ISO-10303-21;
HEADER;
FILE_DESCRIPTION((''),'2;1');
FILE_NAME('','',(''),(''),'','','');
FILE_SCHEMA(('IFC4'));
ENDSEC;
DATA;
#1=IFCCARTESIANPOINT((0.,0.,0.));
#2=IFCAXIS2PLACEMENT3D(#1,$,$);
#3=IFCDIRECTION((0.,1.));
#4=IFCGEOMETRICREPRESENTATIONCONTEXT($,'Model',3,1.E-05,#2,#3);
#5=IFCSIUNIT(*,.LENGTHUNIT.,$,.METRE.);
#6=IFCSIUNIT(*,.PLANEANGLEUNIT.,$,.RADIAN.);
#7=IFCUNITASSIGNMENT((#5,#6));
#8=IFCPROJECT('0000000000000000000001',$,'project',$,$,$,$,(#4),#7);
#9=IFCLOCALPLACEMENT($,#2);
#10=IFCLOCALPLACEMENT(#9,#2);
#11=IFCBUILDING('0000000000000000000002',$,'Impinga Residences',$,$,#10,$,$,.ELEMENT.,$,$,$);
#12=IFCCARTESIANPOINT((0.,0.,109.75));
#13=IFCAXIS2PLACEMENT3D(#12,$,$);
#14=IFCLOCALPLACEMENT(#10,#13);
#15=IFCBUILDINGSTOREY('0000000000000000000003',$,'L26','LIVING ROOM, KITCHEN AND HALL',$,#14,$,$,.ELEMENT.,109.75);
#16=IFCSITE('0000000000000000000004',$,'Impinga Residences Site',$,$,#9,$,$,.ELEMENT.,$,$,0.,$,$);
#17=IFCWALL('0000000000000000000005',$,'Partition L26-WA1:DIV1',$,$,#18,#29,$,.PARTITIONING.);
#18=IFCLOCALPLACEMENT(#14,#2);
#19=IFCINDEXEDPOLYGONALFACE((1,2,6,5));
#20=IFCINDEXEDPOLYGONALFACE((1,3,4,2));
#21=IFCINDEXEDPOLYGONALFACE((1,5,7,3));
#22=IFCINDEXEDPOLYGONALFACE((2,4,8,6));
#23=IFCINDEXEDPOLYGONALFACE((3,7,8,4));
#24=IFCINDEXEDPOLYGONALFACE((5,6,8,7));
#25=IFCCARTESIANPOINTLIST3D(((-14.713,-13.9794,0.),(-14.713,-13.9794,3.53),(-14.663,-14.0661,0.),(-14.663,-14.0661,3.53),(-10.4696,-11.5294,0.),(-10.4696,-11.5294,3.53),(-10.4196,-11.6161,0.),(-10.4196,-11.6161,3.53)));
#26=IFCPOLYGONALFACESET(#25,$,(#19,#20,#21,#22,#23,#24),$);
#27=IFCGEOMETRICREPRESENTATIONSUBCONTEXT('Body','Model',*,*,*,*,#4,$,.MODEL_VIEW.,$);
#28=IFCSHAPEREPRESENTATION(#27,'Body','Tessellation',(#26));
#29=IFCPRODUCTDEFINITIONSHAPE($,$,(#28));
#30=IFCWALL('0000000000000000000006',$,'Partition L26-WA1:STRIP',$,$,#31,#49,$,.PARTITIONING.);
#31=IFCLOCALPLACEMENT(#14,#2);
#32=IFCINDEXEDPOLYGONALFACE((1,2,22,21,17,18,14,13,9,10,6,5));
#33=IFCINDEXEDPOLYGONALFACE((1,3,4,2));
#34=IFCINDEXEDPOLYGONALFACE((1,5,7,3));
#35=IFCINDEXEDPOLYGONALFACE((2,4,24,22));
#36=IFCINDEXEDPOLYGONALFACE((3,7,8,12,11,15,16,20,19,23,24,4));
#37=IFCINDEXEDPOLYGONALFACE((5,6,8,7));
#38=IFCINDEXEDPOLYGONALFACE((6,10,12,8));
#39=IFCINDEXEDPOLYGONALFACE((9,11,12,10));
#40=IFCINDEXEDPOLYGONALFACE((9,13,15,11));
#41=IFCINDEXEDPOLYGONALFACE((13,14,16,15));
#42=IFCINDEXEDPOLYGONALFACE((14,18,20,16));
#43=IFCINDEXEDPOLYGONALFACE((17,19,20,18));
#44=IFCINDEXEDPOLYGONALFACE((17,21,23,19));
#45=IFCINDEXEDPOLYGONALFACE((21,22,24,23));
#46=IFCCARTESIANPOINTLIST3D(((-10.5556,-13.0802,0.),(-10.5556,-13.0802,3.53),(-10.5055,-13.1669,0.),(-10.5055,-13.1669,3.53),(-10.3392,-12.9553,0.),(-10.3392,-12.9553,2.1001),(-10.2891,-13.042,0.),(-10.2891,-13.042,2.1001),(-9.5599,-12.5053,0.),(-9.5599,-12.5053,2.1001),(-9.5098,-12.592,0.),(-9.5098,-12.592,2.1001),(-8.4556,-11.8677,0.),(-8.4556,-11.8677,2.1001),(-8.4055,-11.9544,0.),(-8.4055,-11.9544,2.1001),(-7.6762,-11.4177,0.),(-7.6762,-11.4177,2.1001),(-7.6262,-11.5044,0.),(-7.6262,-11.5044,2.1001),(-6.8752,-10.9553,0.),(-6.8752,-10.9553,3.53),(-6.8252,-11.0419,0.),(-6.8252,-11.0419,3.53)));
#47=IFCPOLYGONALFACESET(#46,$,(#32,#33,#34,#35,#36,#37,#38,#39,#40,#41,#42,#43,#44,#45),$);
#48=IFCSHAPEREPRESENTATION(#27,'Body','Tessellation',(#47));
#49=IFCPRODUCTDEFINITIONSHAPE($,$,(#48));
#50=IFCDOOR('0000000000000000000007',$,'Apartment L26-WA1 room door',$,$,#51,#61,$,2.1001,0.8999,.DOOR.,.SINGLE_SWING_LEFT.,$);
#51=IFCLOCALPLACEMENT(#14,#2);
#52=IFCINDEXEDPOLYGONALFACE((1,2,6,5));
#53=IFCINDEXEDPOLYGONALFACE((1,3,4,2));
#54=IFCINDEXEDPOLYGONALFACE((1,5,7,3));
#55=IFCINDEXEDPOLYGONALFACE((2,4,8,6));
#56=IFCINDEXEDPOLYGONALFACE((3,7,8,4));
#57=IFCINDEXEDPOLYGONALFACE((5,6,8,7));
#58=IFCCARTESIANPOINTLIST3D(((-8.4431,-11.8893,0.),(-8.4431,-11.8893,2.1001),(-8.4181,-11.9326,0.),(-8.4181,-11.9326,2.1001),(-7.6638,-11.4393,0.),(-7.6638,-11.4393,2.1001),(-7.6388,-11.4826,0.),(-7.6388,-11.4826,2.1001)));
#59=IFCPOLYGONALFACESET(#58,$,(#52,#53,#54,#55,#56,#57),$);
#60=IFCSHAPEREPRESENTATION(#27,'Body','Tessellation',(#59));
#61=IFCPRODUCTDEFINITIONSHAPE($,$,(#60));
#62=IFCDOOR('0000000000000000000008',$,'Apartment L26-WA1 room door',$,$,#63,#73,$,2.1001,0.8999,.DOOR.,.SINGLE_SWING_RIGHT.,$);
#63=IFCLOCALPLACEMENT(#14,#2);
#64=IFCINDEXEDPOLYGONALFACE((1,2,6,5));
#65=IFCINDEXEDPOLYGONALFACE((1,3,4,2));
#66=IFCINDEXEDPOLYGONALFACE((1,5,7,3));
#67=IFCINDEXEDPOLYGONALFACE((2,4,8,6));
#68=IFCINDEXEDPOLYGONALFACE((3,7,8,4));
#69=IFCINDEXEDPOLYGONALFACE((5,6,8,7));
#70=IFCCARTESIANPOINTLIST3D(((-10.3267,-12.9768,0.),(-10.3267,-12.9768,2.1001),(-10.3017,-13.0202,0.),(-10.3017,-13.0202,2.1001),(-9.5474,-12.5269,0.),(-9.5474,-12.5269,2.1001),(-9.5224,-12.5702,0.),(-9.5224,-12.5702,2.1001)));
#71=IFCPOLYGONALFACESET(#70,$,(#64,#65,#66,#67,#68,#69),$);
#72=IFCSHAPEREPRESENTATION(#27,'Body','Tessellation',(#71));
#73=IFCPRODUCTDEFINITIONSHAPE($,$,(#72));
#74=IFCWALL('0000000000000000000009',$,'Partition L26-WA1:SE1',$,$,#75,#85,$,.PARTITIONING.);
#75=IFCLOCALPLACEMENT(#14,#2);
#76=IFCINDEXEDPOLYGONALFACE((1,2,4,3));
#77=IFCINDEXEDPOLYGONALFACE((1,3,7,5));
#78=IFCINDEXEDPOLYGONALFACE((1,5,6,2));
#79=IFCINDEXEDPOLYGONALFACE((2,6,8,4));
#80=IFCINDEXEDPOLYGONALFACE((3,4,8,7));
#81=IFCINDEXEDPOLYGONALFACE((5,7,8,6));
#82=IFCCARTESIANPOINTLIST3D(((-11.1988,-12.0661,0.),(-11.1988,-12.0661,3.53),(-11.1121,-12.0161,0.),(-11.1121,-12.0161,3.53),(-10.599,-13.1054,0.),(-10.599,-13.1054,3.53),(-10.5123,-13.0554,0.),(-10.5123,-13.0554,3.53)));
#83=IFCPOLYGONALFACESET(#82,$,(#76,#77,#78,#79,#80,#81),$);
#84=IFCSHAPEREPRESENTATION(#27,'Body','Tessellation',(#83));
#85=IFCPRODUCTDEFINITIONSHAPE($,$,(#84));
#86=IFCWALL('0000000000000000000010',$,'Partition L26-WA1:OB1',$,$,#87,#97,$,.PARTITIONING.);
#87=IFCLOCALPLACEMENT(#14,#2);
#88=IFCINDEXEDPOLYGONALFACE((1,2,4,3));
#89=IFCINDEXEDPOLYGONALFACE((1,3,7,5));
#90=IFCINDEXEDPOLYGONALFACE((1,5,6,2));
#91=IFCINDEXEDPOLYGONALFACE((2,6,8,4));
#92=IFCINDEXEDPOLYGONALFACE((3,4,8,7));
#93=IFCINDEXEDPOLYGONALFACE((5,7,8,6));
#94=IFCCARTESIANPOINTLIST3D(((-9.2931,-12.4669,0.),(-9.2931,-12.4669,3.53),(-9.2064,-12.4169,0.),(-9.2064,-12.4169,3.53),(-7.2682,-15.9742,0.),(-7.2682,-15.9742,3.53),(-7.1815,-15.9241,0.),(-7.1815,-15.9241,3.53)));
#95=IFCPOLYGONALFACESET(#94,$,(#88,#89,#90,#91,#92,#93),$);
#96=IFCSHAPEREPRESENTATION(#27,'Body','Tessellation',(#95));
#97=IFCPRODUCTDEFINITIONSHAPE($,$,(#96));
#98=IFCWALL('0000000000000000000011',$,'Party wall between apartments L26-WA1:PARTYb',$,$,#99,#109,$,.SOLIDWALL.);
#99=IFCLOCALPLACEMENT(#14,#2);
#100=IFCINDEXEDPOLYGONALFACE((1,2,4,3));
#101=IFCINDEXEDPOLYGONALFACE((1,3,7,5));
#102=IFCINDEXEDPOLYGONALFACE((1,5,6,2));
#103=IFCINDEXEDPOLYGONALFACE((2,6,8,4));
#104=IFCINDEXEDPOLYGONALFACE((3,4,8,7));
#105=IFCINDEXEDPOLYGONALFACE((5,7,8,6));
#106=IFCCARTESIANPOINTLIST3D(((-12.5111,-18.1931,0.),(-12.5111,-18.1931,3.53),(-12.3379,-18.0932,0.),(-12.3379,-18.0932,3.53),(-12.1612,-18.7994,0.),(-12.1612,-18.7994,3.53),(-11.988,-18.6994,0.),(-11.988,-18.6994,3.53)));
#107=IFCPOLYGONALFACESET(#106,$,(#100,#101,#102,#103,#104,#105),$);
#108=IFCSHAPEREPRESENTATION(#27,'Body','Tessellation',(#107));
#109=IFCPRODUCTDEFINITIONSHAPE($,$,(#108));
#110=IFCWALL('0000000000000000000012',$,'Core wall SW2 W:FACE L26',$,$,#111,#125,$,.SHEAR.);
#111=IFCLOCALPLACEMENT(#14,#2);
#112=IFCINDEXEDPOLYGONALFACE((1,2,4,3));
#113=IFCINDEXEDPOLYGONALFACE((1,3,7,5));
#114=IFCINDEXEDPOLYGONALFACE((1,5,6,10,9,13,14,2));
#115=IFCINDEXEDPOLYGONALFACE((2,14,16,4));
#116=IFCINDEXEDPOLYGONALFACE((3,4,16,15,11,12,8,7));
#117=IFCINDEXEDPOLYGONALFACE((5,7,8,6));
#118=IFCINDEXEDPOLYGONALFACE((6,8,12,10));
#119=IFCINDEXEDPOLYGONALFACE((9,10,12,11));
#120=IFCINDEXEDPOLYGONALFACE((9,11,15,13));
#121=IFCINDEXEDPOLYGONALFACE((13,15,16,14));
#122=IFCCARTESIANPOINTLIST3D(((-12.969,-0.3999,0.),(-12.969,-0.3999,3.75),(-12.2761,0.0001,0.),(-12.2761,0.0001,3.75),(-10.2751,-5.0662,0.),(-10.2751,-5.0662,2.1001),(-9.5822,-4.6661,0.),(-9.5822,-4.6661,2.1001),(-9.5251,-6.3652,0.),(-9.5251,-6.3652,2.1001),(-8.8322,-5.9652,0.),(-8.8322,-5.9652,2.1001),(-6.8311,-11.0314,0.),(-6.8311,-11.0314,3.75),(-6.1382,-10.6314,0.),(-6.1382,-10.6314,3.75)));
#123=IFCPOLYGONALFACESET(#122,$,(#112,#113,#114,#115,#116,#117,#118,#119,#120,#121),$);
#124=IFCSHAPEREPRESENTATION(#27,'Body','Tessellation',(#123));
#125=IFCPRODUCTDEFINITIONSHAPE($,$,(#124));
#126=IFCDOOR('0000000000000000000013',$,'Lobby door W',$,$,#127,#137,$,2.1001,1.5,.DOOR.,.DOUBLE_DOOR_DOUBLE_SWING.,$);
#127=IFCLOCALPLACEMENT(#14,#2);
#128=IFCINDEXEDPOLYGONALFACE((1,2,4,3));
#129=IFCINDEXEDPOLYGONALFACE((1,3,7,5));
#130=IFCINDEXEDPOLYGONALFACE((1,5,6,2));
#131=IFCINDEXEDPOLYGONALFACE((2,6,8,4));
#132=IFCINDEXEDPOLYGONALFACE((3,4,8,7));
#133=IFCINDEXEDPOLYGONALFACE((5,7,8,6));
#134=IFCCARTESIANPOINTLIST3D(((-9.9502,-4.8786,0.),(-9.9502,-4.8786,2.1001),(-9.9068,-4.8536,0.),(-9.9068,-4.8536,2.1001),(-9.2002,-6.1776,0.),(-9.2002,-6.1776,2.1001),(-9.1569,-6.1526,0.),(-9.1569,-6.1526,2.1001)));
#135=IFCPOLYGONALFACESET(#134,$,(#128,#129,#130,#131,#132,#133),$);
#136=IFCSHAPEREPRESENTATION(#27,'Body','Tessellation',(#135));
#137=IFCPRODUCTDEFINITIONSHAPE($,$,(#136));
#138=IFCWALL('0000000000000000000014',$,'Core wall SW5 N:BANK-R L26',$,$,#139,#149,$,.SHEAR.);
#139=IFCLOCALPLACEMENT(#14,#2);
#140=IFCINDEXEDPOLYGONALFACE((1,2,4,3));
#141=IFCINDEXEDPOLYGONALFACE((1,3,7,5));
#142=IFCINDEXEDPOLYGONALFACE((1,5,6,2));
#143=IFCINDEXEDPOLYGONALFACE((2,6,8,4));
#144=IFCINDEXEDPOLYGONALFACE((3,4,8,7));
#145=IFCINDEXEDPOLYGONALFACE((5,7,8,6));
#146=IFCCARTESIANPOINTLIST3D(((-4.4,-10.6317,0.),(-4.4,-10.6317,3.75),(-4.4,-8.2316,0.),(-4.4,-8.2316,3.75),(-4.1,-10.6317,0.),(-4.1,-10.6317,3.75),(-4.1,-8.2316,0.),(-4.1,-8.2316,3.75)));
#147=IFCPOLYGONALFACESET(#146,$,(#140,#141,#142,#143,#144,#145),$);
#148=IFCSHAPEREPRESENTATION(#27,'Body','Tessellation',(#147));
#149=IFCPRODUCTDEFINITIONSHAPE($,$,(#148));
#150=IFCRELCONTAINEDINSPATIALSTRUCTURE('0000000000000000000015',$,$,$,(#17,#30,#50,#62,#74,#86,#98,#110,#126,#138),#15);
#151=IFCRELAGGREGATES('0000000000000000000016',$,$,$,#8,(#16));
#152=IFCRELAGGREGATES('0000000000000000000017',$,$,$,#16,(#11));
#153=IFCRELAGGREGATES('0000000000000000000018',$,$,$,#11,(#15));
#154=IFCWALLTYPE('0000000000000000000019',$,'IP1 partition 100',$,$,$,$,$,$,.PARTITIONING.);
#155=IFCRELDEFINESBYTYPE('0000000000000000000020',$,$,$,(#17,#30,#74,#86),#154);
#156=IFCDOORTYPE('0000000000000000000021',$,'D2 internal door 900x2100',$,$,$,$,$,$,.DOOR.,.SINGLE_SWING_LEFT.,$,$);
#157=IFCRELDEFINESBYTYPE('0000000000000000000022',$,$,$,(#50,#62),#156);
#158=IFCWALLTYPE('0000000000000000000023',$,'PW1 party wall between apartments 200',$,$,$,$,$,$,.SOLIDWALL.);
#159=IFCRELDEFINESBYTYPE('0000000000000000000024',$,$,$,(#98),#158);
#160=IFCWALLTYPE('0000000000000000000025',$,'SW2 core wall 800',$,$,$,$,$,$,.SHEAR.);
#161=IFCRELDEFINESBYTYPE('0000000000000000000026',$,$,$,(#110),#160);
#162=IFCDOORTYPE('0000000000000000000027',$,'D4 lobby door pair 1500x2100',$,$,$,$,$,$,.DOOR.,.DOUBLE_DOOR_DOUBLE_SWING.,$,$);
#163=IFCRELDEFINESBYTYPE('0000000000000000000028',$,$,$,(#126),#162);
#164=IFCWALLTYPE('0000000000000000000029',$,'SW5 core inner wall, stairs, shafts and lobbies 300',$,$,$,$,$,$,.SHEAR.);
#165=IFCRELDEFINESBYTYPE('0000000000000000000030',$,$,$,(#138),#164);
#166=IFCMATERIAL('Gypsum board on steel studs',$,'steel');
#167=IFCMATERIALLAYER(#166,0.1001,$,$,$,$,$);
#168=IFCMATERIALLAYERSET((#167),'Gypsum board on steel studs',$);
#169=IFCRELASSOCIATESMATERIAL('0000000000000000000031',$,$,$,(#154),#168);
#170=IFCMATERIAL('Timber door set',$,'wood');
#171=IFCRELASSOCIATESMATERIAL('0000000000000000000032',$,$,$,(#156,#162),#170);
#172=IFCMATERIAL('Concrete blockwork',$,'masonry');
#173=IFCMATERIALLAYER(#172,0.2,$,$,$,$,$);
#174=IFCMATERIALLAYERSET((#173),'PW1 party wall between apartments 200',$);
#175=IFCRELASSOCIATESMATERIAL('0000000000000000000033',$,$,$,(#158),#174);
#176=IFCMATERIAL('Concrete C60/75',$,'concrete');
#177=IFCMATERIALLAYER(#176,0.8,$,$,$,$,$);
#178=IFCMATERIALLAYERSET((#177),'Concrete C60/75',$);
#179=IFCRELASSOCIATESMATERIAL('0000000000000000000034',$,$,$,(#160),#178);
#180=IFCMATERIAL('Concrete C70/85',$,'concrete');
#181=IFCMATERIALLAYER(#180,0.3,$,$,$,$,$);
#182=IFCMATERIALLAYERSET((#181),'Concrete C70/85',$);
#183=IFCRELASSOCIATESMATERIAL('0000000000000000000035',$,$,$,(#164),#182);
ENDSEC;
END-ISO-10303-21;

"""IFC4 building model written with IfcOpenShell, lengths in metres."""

from ifc_helpers import new_model, si_unit, direction, frame, frame_2d, origin, place, context, subcontext, project, spatial, rectangle, extrude, material, layer, layer_set, type_object, element, fill, save


model = new_model("IFC4")

# Units and contexts
model_context = context("Model", 3, precision=1e-05, world=origin(), true_north=direction((0.0, 1.0)))
body_context = subcontext(model_context, "Body", "Model", "MODEL_VIEW")
ifc_project = project(units=[si_unit("LENGTHUNIT", "METRE"), si_unit("PLANEANGLEUNIT", "RADIAN")], contexts=[model_context])

# Site, building, storey
site_placement = place(None, origin())
site = spatial("IfcSite", under=ifc_project, at=site_placement, Name="Impinga Residences Site", CompositionType="ELEMENT", RefElevation=0.0)
building_placement = place(site_placement, origin())
building = spatial("IfcBuilding", under=site, at=building_placement, Name="Impinga Residences", CompositionType="ELEMENT")
storey_placement = place(building_placement, frame((0.0, 0.0, 109.75)))
storey = spatial("IfcBuildingStorey", under=building, at=storey_placement, Name="L26", Description="LIVING ROOM, KITCHEN AND HALL", CompositionType="ELEMENT", Elevation=109.75)

# Shared definitions
ifc_material_1 = material(Name="Concrete C60/75", Category="concrete")

# Wall
ifc_material_2 = material(Name="Gypsum board on steel studs", Category="steel")
ifc_layer_1 = layer(ifc_material_2, 0.1001)
ifc_layer_set_1 = layer_set([ifc_layer_1], Name="Gypsum board on steel studs")
wall_type_1 = type_object("IfcWallType", Name="IP1 partition 100", PredefinedType="PARTITIONING", material=ifc_layer_set_1)
wall_1_placement = place(storey_placement, frame((-10.4446, -11.5728, 0.0), z_axis=(0.0, 0.0, 1.0), x_axis=(-0.866024, -0.500003, 0.0)))
element("IfcWall", 1, at=wall_1_placement, inside=storey, type_object=wall_type_1, Name="Partition L26-WA1:DIV1", PredefinedType="PARTITIONING", context=body_context, shape_type="SweptSolid", body=[
    extrude(rectangle(XDim=4.8999, YDim=0.1001, at=frame_2d((2.45, 0.0))), origin(), (0.0, 0.0, 1.0), 3.53),
])

# Wall, openings, doors
wall_2_placement = place(storey_placement, frame((-6.8501, -10.9985, 0.0), z_axis=(0.0, 0.0, 1.0), x_axis=(-0.866014, -0.500019, 0.0)))
wall_2 = element("IfcWall", 2, at=wall_2_placement, inside=storey, type_object=wall_type_1, Name="Partition L26-WA1:STRIP", PredefinedType="PARTITIONING", context=body_context, shape_type="SweptSolid", body=[
    extrude(rectangle(XDim=4.2498, YDim=0.1001, at=frame_2d((2.125, 0.0))), origin(), (0.0, 0.0, 1.0), 3.53),
])
opening_1_placement = place(wall_2_placement, frame((0.925, 0.0, 0.0)))
opening_1 = element("IfcOpeningElement", 3, at=opening_1_placement, cuts=wall_2, PredefinedType="OPENING", context=body_context, shape_type="SweptSolid", body=[
    extrude(rectangle(XDim=0.8999, YDim=2.1001, at=frame_2d((0.45, 1.05))), frame((0.0, 0.0601, 0.0), z_axis=(0.0, -1.0, 0.0), x_axis=(1.0, 0.0, 0.0)), (0.0, 0.0, 1.0), 0.1201),
])
opening_2_placement = place(wall_2_placement, frame((3.1001, 0.0, 0.0)))
opening_2 = element("IfcOpeningElement", 4, at=opening_2_placement, cuts=wall_2, PredefinedType="OPENING", context=body_context, shape_type="SweptSolid", body=[
    extrude(rectangle(XDim=0.8999, YDim=2.1001, at=frame_2d((0.45, 1.05))), frame((0.0, 0.0601, 0.0), z_axis=(0.0, -1.0, 0.0), x_axis=(1.0, 0.0, 0.0)), (0.0, 0.0, 1.0), 0.1201),
])
ifc_material_3 = material(Name="Timber door set", Category="wood")
door_type_1 = type_object("IfcDoorType", Name="D2 internal door 900x2100", OperationType="SINGLE_SWING_LEFT", PredefinedType="DOOR", material=ifc_material_3)
door_1_placement = place(opening_1_placement, origin())
door_1 = element("IfcDoor", 5, at=door_1_placement, inside=storey, type_object=door_type_1, Name="Apartment L26-WA1 room door", OperationType="SINGLE_SWING_LEFT", OverallHeight=2.1001, OverallWidth=0.8999, PredefinedType="DOOR", context=body_context, shape_type="SweptSolid", body=[
    extrude(rectangle(XDim=0.8999, YDim=2.1001, at=frame_2d((0.45, 1.05))), frame((0.0, 0.0249, 0.0), z_axis=(0.0, -1.0, 0.0), x_axis=(1.0, 0.0, 0.0)), (0.0, 0.0, 1.0), 0.05),
])
fill(opening_1, door_1)
door_2_placement = place(opening_2_placement, origin())
door_2 = element("IfcDoor", 6, at=door_2_placement, inside=storey, type_object=door_type_1, Name="Apartment L26-WA1 room door", OperationType="SINGLE_SWING_RIGHT", OverallHeight=2.1001, OverallWidth=0.8999, PredefinedType="DOOR", context=body_context, shape_type="SweptSolid", body=[
    extrude(rectangle(XDim=0.8999, YDim=2.1001, at=frame_2d((0.45, 1.05))), frame((0.0, 0.0249, 0.0), z_axis=(0.0, -1.0, 0.0), x_axis=(1.0, 0.0, 0.0)), (0.0, 0.0, 1.0), 0.05),
])
fill(opening_2, door_2)

# Walls
wall_3_placement = place(storey_placement, frame((-11.1555, -12.041, 0.0), z_axis=(0.0, 0.0, 1.0), x_axis=(0.499881, -0.866094, 0.0)))
element("IfcWall", 7, at=wall_3_placement, inside=storey, type_object=wall_type_1, Name="Partition L26-WA1:SE1", PredefinedType="PARTITIONING", context=body_context, shape_type="SweptSolid", body=[
    extrude(rectangle(XDim=1.2, YDim=0.1001, at=frame_2d((0.6001, 0.0))), origin(), (0.0, 0.0, 1.0), 3.53),
])
wall_4_placement = place(storey_placement, frame((-9.2498, -12.4419, 0.0), z_axis=(0.0, 0.0, 1.0), x_axis=(0.49999, -0.866031, 0.0)))
element("IfcWall", 8, at=wall_4_placement, inside=storey, type_object=wall_type_1, Name="Partition L26-WA1:OB1", PredefinedType="PARTITIONING", context=body_context, shape_type="SweptSolid", body=[
    extrude(rectangle(XDim=4.0498, YDim=0.1001, at=frame_2d((2.0249, 0.0))), origin(), (0.0, 0.0, 1.0), 3.53),
])
ifc_material_4 = material(Name="Concrete blockwork", Category="masonry")
ifc_layer_2 = layer(ifc_material_4, 0.2)
ifc_layer_set_2 = layer_set([ifc_layer_2], Name="PW1 party wall between apartments 200")
wall_type_2 = type_object("IfcWallType", Name="PW1 party wall between apartments 200", PredefinedType="SOLIDWALL", material=ifc_layer_set_2)
wall_5_placement = place(storey_placement, frame((-12.4246, -18.1431, 0.0), z_axis=(0.0, 0.0, 1.0), x_axis=(0.499853, -0.86611, 0.0)))
element("IfcWall", 9, at=wall_5_placement, inside=storey, type_object=wall_type_2, Name="Party wall between apartments L26-WA1:PARTYb", PredefinedType="SOLIDWALL", context=body_context, shape_type="SweptSolid", body=[
    extrude(rectangle(XDim=0.7, YDim=0.2, at=frame_2d((0.3501, 0.0))), origin(), (0.0, 0.0, 1.0), 3.53),
])

# Wall, opening, door
ifc_layer_3 = layer(ifc_material_1, 0.8)
ifc_layer_set_3 = layer_set([ifc_layer_3], Name="Concrete C60/75")
wall_type_3 = type_object("IfcWallType", Name="SW2 core wall 800", PredefinedType="SHEAR", material=ifc_layer_set_3)
wall_6_placement = place(storey_placement, frame((-6.4846, -10.8315, 0.0), z_axis=(0.0, 0.0, 1.0), x_axis=(-0.499987, 0.866033, 0.0)))
wall_6 = element("IfcWall", 10, at=wall_6_placement, inside=storey, type_object=wall_type_3, Name="Core wall SW2 W:FACE L26", PredefinedType="SHEAR", context=body_context, shape_type="SweptSolid", body=[
    extrude(rectangle(XDim=12.2761, YDim=0.8, at=frame_2d((6.1382, 0.0))), origin(), (0.0, 0.0, 1.0), 3.75),
])
opening_3_placement = place(wall_6_placement, frame((5.3882, 0.0, 0.0)))
opening_3 = element("IfcOpeningElement", 11, at=opening_3_placement, cuts=wall_6, PredefinedType="OPENING", context=body_context, shape_type="SweptSolid", body=[
    extrude(rectangle(XDim=1.5, YDim=2.1001, at=frame_2d((0.75, 1.05))), frame((0.0, 0.4099, 0.0), z_axis=(0.0, -1.0, 0.0), x_axis=(1.0, 0.0, 0.0)), (0.0, 0.0, 1.0), 0.8201),
])
door_type_2 = type_object("IfcDoorType", Name="D4 lobby door pair 1500x2100", OperationType="DOUBLE_DOOR_DOUBLE_SWING", PredefinedType="DOOR", material=ifc_material_3)
door_3_placement = place(opening_3_placement, origin())
door_3 = element("IfcDoor", 12, at=door_3_placement, inside=storey, type_object=door_type_2, Name="Lobby door W", OperationType="DOUBLE_DOOR_DOUBLE_SWING", OverallHeight=2.1001, OverallWidth=1.5, PredefinedType="DOOR", context=body_context, shape_type="SweptSolid", body=[
    extrude(rectangle(XDim=1.5, YDim=2.1001, at=frame_2d((0.75, 1.05))), frame((0.0, 0.0249, 0.0), z_axis=(0.0, -1.0, 0.0), x_axis=(1.0, 0.0, 0.0)), (0.0, 0.0, 1.0), 0.05),
])
fill(opening_3, door_3)

# Wall
ifc_material_5 = material(Name="Concrete C70/85", Category="concrete")
ifc_layer_4 = layer(ifc_material_5, 0.3)
ifc_layer_set_4 = layer_set([ifc_layer_4], Name="Concrete C70/85")
wall_type_4 = type_object("IfcWallType", Name="SW5 core inner wall, stairs, shafts and lobbies 300", PredefinedType="SHEAR", material=ifc_layer_set_4)
wall_7_placement = place(storey_placement, frame((-4.25, -8.2314, 0.0), z_axis=(0.0, 0.0, 1.0), x_axis=(0.0, -1.0, 0.0)))
element("IfcWall", 13, at=wall_7_placement, inside=storey, type_object=wall_type_4, Name="Core wall SW5 N:BANK-R L26", PredefinedType="SHEAR", context=body_context, shape_type="SweptSolid", body=[
    extrude(rectangle(XDim=2.4001, YDim=0.3, at=frame_2d((1.2002, 0.0))), origin(), (0.0, 0.0, 1.0), 3.75),
])

save(model, "model.ifc")
